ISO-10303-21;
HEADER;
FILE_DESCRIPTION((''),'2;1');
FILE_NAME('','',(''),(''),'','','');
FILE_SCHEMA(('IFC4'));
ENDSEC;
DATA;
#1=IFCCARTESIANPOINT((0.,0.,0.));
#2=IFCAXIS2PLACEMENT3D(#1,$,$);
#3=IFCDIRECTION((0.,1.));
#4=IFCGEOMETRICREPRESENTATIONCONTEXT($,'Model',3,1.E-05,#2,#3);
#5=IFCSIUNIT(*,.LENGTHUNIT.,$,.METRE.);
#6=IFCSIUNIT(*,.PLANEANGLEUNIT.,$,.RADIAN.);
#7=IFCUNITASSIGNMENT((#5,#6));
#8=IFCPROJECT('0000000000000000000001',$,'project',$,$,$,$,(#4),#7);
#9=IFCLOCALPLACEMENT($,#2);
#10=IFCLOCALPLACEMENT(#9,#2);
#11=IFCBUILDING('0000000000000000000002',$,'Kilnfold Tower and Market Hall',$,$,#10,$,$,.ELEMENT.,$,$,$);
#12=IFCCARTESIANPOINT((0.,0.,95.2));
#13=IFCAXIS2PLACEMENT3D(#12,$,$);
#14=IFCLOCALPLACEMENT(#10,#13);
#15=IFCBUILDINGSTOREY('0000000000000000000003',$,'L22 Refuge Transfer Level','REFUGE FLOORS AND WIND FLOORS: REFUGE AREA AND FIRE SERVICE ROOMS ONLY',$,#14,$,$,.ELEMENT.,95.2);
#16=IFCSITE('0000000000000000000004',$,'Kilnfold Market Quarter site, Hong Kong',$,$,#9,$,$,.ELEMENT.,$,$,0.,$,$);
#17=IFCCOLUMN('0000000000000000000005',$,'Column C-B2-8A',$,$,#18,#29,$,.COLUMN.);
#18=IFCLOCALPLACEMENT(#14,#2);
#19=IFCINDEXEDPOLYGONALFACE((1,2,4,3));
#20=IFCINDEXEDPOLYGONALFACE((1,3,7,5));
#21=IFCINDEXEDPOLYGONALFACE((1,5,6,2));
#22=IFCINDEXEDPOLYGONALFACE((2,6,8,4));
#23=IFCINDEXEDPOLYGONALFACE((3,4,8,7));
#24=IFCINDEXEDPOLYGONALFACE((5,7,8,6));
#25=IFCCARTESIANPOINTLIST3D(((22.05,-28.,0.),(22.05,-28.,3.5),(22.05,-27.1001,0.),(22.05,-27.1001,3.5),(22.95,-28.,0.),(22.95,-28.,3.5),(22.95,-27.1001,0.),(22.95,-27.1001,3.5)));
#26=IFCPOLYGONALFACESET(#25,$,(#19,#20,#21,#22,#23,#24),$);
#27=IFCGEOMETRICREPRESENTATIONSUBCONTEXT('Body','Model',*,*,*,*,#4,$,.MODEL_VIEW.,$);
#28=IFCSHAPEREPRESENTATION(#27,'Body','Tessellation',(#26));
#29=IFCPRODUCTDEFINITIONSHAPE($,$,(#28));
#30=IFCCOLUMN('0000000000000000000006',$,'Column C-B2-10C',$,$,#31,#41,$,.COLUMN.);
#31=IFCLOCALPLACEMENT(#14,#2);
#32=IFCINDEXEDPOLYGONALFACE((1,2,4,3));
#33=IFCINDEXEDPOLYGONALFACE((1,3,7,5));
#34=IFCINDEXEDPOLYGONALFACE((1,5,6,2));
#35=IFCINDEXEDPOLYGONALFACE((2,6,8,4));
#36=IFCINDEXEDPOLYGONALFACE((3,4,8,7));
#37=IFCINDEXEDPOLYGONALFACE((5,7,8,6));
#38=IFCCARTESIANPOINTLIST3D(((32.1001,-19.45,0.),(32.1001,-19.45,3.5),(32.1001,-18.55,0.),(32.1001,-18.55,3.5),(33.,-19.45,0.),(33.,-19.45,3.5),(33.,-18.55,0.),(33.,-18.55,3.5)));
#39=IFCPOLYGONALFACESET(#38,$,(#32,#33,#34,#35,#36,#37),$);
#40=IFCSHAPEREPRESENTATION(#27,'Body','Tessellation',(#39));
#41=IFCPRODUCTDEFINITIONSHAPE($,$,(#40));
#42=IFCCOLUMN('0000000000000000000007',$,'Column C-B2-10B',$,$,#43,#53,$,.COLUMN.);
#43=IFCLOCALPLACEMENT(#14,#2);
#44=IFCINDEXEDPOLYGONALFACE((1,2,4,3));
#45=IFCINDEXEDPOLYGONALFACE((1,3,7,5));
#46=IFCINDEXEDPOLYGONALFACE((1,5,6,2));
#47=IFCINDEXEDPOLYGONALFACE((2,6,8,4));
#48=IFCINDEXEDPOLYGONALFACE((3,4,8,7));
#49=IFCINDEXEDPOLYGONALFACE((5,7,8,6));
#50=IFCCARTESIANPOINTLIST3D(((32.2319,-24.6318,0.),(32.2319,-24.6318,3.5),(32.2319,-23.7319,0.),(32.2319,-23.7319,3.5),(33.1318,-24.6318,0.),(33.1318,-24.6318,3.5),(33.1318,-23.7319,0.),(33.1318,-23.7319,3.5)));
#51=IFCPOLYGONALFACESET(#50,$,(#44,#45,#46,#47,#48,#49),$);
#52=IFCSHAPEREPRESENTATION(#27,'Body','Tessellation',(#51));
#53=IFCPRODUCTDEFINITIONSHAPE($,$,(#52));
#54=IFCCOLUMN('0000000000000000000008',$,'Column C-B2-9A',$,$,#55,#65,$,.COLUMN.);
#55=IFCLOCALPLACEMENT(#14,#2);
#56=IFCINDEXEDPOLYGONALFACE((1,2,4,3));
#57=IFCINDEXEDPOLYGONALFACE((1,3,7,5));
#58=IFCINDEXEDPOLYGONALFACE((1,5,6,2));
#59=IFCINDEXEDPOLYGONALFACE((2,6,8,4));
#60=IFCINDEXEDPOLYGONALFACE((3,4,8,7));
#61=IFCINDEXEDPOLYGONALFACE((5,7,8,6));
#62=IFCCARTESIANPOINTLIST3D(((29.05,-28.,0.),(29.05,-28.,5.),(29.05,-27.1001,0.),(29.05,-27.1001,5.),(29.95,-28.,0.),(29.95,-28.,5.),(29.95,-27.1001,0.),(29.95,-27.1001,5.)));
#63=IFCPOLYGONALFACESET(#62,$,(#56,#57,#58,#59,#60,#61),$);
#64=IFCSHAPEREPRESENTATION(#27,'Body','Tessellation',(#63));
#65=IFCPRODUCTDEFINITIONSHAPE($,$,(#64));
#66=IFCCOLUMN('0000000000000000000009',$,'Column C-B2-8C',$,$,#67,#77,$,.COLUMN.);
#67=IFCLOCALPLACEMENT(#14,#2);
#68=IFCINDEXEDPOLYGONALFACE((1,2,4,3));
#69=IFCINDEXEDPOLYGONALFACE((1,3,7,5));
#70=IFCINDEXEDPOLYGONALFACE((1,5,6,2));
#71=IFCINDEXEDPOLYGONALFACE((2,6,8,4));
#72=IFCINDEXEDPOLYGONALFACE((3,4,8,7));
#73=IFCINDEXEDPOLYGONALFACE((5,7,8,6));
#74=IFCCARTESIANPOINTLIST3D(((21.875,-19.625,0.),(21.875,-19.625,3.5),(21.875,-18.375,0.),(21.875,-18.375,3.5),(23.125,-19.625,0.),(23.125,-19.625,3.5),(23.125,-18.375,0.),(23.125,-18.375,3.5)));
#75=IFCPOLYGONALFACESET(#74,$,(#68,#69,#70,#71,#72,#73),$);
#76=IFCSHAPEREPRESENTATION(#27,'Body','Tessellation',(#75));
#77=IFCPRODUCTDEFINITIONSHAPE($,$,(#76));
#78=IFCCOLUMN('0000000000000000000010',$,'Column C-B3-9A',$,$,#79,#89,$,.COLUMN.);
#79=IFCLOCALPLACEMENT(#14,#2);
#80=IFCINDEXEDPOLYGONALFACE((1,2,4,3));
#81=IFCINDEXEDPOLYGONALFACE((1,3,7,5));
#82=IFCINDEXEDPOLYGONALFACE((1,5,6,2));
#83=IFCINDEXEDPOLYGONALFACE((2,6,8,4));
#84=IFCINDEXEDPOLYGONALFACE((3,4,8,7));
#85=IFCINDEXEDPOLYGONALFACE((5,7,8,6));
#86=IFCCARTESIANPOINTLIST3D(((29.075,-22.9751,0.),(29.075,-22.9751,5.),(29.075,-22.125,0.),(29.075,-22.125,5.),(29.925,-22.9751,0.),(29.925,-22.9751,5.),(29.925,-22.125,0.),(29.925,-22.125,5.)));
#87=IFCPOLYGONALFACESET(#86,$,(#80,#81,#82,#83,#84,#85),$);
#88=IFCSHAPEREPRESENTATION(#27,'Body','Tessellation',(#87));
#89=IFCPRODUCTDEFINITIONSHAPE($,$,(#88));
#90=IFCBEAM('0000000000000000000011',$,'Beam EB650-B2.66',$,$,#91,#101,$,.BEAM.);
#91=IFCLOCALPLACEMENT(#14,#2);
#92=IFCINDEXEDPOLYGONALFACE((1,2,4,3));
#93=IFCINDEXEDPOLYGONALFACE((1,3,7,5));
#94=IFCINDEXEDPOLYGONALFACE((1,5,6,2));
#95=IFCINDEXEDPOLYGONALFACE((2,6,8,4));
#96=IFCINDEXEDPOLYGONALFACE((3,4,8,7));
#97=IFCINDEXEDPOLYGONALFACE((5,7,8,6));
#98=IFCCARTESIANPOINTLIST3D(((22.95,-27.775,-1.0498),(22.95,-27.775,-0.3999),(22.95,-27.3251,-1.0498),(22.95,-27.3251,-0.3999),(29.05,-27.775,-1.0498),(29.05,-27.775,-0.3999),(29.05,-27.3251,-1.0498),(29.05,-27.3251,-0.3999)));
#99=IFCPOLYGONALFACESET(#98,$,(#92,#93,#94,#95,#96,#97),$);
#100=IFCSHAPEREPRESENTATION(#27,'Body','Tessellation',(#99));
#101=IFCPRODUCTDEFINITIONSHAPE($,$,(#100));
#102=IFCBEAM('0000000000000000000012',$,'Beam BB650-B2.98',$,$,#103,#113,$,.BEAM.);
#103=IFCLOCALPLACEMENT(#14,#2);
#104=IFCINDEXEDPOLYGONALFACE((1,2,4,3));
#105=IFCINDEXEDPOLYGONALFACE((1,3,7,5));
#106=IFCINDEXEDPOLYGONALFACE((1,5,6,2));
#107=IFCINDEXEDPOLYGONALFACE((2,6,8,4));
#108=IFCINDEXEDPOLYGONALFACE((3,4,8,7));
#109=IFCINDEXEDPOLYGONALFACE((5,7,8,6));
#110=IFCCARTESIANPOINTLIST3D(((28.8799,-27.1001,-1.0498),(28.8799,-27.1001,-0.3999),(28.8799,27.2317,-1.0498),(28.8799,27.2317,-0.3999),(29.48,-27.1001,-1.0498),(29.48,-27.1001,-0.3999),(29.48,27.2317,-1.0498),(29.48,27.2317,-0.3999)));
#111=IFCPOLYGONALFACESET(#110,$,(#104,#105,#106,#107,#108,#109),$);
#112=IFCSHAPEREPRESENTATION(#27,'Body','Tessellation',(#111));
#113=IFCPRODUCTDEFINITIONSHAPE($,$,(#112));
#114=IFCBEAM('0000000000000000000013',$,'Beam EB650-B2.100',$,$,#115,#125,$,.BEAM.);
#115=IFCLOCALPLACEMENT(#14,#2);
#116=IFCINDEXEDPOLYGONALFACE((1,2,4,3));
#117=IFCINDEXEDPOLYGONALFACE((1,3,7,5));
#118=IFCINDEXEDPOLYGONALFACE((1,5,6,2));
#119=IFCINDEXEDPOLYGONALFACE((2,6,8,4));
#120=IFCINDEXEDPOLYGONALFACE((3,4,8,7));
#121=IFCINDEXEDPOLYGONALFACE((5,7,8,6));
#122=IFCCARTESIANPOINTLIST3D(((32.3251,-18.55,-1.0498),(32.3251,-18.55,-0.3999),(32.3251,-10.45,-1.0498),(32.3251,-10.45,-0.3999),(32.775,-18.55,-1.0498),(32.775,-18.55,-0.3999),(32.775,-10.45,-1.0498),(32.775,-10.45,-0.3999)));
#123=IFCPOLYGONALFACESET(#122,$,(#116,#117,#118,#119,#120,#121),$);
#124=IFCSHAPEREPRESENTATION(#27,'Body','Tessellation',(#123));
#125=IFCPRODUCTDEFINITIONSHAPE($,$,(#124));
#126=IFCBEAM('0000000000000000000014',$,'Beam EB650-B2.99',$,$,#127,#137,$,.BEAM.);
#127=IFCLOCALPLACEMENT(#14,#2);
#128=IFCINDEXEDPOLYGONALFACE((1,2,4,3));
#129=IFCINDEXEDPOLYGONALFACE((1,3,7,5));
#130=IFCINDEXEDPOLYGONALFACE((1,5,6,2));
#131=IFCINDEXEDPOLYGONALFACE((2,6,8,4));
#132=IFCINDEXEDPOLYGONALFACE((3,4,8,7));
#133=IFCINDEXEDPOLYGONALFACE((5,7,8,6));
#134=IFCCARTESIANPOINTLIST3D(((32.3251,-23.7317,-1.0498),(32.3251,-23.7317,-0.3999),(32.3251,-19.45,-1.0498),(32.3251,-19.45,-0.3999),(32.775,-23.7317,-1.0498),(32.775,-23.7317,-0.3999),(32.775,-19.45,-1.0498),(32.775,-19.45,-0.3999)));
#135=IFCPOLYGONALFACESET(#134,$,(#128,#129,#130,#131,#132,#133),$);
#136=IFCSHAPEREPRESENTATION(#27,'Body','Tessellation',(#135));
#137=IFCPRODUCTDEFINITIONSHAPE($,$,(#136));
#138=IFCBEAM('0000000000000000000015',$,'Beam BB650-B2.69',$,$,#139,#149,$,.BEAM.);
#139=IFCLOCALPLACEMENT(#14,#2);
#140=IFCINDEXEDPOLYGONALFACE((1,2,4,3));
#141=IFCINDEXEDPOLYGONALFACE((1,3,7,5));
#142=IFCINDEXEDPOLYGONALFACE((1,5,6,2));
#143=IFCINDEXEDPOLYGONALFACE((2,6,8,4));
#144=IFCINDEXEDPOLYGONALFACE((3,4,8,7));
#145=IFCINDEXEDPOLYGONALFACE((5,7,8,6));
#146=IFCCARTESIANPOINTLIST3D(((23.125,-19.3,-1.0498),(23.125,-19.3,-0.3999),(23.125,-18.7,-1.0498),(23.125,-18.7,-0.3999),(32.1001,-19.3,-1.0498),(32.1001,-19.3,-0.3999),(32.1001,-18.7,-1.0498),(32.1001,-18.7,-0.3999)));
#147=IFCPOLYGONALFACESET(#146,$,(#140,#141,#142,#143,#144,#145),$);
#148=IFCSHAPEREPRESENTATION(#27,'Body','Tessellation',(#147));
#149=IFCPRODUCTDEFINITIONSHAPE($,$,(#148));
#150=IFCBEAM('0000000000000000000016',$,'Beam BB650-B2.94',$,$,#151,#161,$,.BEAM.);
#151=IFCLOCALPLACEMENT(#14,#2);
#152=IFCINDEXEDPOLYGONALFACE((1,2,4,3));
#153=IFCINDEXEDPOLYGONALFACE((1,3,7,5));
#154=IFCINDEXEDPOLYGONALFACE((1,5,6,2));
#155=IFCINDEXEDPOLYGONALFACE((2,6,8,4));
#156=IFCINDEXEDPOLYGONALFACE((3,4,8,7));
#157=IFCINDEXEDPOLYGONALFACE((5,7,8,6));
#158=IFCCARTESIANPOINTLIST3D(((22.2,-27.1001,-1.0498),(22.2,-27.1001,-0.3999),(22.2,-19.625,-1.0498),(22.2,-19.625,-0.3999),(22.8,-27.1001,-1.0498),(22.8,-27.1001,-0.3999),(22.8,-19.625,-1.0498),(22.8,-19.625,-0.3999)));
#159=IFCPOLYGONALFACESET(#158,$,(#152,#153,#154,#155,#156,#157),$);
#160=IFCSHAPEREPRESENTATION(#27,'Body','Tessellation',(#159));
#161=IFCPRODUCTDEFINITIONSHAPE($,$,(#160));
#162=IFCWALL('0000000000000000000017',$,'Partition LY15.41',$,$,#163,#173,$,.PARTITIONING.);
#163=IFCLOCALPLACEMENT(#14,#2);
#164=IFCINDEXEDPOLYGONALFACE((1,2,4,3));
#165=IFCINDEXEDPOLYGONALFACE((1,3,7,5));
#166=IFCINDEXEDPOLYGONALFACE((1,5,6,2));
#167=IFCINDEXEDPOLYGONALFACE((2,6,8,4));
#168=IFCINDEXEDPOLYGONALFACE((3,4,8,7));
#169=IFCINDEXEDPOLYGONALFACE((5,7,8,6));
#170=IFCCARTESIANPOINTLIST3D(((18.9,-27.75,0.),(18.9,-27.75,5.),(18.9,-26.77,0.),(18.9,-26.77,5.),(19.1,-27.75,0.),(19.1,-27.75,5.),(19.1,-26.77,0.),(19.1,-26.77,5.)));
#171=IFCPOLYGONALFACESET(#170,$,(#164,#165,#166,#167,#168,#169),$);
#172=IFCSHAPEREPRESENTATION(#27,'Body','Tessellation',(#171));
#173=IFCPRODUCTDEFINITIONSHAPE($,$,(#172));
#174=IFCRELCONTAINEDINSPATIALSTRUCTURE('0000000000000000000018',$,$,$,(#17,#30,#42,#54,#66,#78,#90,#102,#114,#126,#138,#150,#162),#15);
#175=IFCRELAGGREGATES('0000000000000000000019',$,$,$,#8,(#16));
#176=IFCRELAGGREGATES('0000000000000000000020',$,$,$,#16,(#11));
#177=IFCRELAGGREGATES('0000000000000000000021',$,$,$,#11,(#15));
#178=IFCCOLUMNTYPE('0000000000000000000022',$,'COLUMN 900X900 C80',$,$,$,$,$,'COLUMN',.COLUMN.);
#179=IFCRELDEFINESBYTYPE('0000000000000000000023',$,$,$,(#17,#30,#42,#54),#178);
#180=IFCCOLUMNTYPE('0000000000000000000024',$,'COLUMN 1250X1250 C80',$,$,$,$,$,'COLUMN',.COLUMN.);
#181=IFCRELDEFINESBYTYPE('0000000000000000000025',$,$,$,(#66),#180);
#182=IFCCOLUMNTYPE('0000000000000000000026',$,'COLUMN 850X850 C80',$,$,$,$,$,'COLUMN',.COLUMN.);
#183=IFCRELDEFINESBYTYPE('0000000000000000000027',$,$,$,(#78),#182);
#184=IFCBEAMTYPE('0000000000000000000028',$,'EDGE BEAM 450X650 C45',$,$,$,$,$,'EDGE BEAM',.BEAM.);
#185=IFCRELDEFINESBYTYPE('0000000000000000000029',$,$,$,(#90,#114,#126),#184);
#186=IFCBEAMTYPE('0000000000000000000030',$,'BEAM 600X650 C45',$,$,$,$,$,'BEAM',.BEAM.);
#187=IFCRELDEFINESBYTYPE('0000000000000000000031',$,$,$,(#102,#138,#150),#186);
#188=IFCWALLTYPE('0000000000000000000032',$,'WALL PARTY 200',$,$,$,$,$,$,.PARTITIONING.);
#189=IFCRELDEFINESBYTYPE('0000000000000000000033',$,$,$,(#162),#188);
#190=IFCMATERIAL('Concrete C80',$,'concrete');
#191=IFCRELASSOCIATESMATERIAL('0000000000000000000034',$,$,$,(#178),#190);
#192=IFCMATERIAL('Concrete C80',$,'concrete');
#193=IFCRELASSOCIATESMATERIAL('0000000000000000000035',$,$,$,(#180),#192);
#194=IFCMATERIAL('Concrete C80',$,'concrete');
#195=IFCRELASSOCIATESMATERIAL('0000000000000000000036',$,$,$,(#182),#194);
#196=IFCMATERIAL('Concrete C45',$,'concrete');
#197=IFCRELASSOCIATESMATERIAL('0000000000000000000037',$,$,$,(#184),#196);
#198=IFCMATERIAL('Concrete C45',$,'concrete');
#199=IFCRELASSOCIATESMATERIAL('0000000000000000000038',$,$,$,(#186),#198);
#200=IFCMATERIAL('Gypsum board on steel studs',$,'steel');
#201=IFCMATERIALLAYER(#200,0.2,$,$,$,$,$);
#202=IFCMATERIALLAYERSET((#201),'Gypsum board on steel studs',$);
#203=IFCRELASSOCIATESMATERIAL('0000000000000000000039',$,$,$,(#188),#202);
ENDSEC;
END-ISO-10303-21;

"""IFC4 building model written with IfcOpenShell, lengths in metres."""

from ifc_helpers import new_model, si_unit, direction, frame, frame_2d, origin, origin_2d, place, context, subcontext, project, spatial, rectangle, extrude, source, transform, mapped, material, layer, layer_set, material_profile, profile_set, type_object, element, save


model = new_model("IFC4")

# Units and contexts
model_context = context("Model", 3, precision=1e-05, world=origin(), true_north=direction((0.0, 1.0)))
body_context = subcontext(model_context, "Body", "Model", "MODEL_VIEW")
ifc_project = project(units=[si_unit("LENGTHUNIT", "METRE"), si_unit("PLANEANGLEUNIT", "RADIAN")], contexts=[model_context])

# Site, building, storey
site_placement = place(None, origin())
site = spatial("IfcSite", under=ifc_project, at=site_placement, Name="Kilnfold Market Quarter site, Hong Kong", CompositionType="ELEMENT", RefElevation=0.0)
building_placement = place(site_placement, origin())
building = spatial("IfcBuilding", under=site, at=building_placement, Name="Kilnfold Tower and Market Hall", CompositionType="ELEMENT")
storey_placement = place(building_placement, frame((0.0, 0.0, 95.2)))
storey = spatial("IfcBuildingStorey", under=building, at=storey_placement, Name="L22 Refuge Transfer Level", Description="REFUGE FLOORS AND WIND FLOORS: REFUGE AREA AND FIRE SERVICE ROOMS ONLY", CompositionType="ELEMENT", Elevation=95.2)

# Columns
ifc_material_1 = material(Name="Concrete C80", Category="concrete")
ifc_material_profile_1 = material_profile(ifc_material_1, rectangle(XDim=0.8999, YDim=0.8999, at=origin_2d()), Name="RC 900x900")
ifc_profile_set_1 = profile_set([ifc_material_profile_1], Name="Concrete C80")
column_type_1 = type_object("IfcColumnType", Name="COLUMN 900X900 C80", ElementType="COLUMN", PredefinedType="COLUMN", material=ifc_profile_set_1)
shared_shape_1 = source(origin(), body_context, "Body", "SweptSolid", [
    extrude(rectangle(XDim=0.8999, YDim=0.8999, at=origin_2d()), origin(), (0.0, 0.0, 1.0), 3.5),
])
for number, where, z_axis, x_axis, name in (
    (1, (22.5, -27.55, 0.0), (0.0, 0.0, 1.0), (1.0, 0.0, 0.0), "Column C-B2-8A"),
    (2, (32.55, -19.0, 0.0), (0.0, 0.0, 1.0), (1.0, 0.0, 0.0), "Column C-B2-10C"),
    (3, (32.6819, -24.1819, 0.0), (0.0, 0.0, 1.0), (1.0, 0.0, 0.0), "Column C-B2-10B"),
):
    element("IfcColumn", number, at=place(storey_placement, frame(where, z_axis=z_axis, x_axis=x_axis)), inside=storey, type_object=column_type_1, Name=name, PredefinedType="COLUMN", context=body_context, shape_type="MappedRepresentation", body=[
        mapped(shared_shape_1, transform((0.0, 0.0, 0.0))),
    ])
shared_shape_2 = source(origin(), body_context, "Body", "SweptSolid", [
    extrude(rectangle(XDim=0.8999, YDim=0.8999, at=origin_2d()), origin(), (0.0, 0.0, 1.0), 5.0),
])
column_1_placement = place(storey_placement, frame((29.5, -27.55, 0.0), z_axis=(0.0, 0.0, 1.0), x_axis=(1.0, 0.0, 0.0)))
element("IfcColumn", 4, at=column_1_placement, inside=storey, type_object=column_type_1, Name="Column C-B2-9A", PredefinedType="COLUMN", context=body_context, shape_type="MappedRepresentation", body=[
    mapped(shared_shape_2, transform((0.0, 0.0, 0.0))),
])
ifc_material_2 = material(Name="Concrete C80", Category="concrete")
ifc_material_profile_2 = material_profile(ifc_material_2, rectangle(XDim=1.25, YDim=1.25, at=origin_2d()), Name="RC 1250x1250")
ifc_profile_set_2 = profile_set([ifc_material_profile_2], Name="Concrete C80")
column_type_2 = type_object("IfcColumnType", Name="COLUMN 1250X1250 C80", ElementType="COLUMN", PredefinedType="COLUMN", material=ifc_profile_set_2)
shared_shape_3 = source(origin(), body_context, "Body", "SweptSolid", [
    extrude(rectangle(XDim=1.25, YDim=1.25, at=origin_2d()), origin(), (0.0, 0.0, 1.0), 3.5),
])
column_2_placement = place(storey_placement, frame((22.5, -19.0, 0.0), z_axis=(0.0, 0.0, 1.0), x_axis=(1.0, 0.0, 0.0)))
element("IfcColumn", 5, at=column_2_placement, inside=storey, type_object=column_type_2, Name="Column C-B2-8C", PredefinedType="COLUMN", context=body_context, shape_type="MappedRepresentation", body=[
    mapped(shared_shape_3, transform((0.0, 0.0, 0.0))),
])
ifc_material_3 = material(Name="Concrete C80", Category="concrete")
ifc_material_profile_3 = material_profile(ifc_material_3, rectangle(XDim=0.8501, YDim=0.8501, at=origin_2d()), Name="RC 850x850")
ifc_profile_set_3 = profile_set([ifc_material_profile_3], Name="Concrete C80")
column_type_3 = type_object("IfcColumnType", Name="COLUMN 850X850 C80", ElementType="COLUMN", PredefinedType="COLUMN", material=ifc_profile_set_3)
shared_shape_4 = source(origin(), body_context, "Body", "SweptSolid", [
    extrude(rectangle(XDim=0.8501, YDim=0.8501, at=origin_2d()), origin(), (0.0, 0.0, 1.0), 5.0),
])
column_3_placement = place(storey_placement, frame((29.5, -22.55, 0.0), z_axis=(0.0, 0.0, 1.0), x_axis=(1.0, 0.0, 0.0)))
element("IfcColumn", 6, at=column_3_placement, inside=storey, type_object=column_type_3, Name="Column C-B3-9A", PredefinedType="COLUMN", context=body_context, shape_type="MappedRepresentation", body=[
    mapped(shared_shape_4, transform((0.0, 0.0, 0.0))),
])

# Beams
ifc_material_4 = material(Name="Concrete C45", Category="concrete")
ifc_material_profile_4 = material_profile(ifc_material_4, rectangle(XDim=0.45, YDim=0.6499, at=origin_2d()), Name="RC 450x650")
ifc_profile_set_4 = profile_set([ifc_material_profile_4], Name="Concrete C45")
beam_type_1 = type_object("IfcBeamType", Name="EDGE BEAM 450X650 C45", ElementType="EDGE BEAM", PredefinedType="BEAM", material=ifc_profile_set_4)
shared_shape_5 = source(origin(), body_context, "Body", "SweptSolid", [
    extrude(rectangle(XDim=0.45, YDim=0.6499, at=origin_2d()), origin(), (0.0, 0.0, 1.0), 6.1001),
])
beam_1_placement = place(storey_placement, frame((22.95, -27.55, -0.7249), z_axis=(1.0, 0.0, 0.0), x_axis=(0.0, 1.0, 0.0)))
element("IfcBeam", 7, at=beam_1_placement, inside=storey, type_object=beam_type_1, Name="Beam EB650-B2.66", PredefinedType="BEAM", context=body_context, shape_type="MappedRepresentation", body=[
    mapped(shared_shape_5, transform((0.0, 0.0, 0.0))),
])
ifc_material_5 = material(Name="Concrete C45", Category="concrete")
ifc_material_profile_5 = material_profile(ifc_material_5, rectangle(XDim=0.6001, YDim=0.6499, at=origin_2d()), Name="RC 600x650")
ifc_profile_set_5 = profile_set([ifc_material_profile_5], Name="Concrete C45")
beam_type_2 = type_object("IfcBeamType", Name="BEAM 600X650 C45", ElementType="BEAM", PredefinedType="BEAM", material=ifc_profile_set_5)
shared_shape_6 = source(origin(), body_context, "Body", "SweptSolid", [
    extrude(rectangle(XDim=0.6001, YDim=0.6499, at=origin_2d()), origin(), (0.0, 0.0, 1.0), 54.3318),
])
beam_2_placement = place(storey_placement, frame((29.1799, -27.1001, -0.7249), z_axis=(0.0, 1.0, 0.0), x_axis=(-1.0, 0.0, 0.0)))
element("IfcBeam", 8, at=beam_2_placement, inside=storey, type_object=beam_type_2, Name="Beam BB650-B2.98", PredefinedType="BEAM", context=body_context, shape_type="MappedRepresentation", body=[
    mapped(shared_shape_6, transform((0.0, 0.0, 0.0))),
])
shared_shape_7 = source(origin(), body_context, "Body", "SweptSolid", [
    extrude(rectangle(XDim=0.45, YDim=0.6499, at=origin_2d()), origin(), (0.0, 0.0, 1.0), 8.1001),
])
beam_3_placement = place(storey_placement, frame((32.55, -18.55, -0.7249), z_axis=(0.0, 1.0, 0.0), x_axis=(-1.0, 0.0, 0.0)))
element("IfcBeam", 9, at=beam_3_placement, inside=storey, type_object=beam_type_1, Name="Beam EB650-B2.100", PredefinedType="BEAM", context=body_context, shape_type="MappedRepresentation", body=[
    mapped(shared_shape_7, transform((0.0, 0.0, 0.0))),
])
shared_shape_8 = source(origin(), body_context, "Body", "SweptSolid", [
    extrude(rectangle(XDim=0.45, YDim=0.6499, at=origin_2d()), origin(), (0.0, 0.0, 1.0), 4.2817),
])
beam_4_placement = place(storey_placement, frame((32.55, -23.7317, -0.7249), z_axis=(0.0, 1.0, 0.0), x_axis=(-1.0, 0.0, 0.0)))
element("IfcBeam", 10, at=beam_4_placement, inside=storey, type_object=beam_type_1, Name="Beam EB650-B2.99", PredefinedType="BEAM", context=body_context, shape_type="MappedRepresentation", body=[
    mapped(shared_shape_8, transform((0.0, 0.0, 0.0))),
])
shared_shape_9 = source(origin(), body_context, "Body", "SweptSolid", [
    extrude(rectangle(XDim=0.6001, YDim=0.6499, at=origin_2d()), origin(), (0.0, 0.0, 1.0), 8.9751),
])
beam_5_placement = place(storey_placement, frame((23.125, -19.0, -0.7249), z_axis=(1.0, 0.0, 0.0), x_axis=(0.0, 1.0, 0.0)))
element("IfcBeam", 11, at=beam_5_placement, inside=storey, type_object=beam_type_2, Name="Beam BB650-B2.69", PredefinedType="BEAM", context=body_context, shape_type="MappedRepresentation", body=[
    mapped(shared_shape_9, transform((0.0, 0.0, 0.0))),
])
shared_shape_10 = source(origin(), body_context, "Body", "SweptSolid", [
    extrude(rectangle(XDim=0.6001, YDim=0.6499, at=origin_2d()), origin(), (0.0, 0.0, 1.0), 7.4751),
])
beam_6_placement = place(storey_placement, frame((22.5, -27.1001, -0.7249), z_axis=(0.0, 1.0, 0.0), x_axis=(-1.0, 0.0, 0.0)))
element("IfcBeam", 12, at=beam_6_placement, inside=storey, type_object=beam_type_2, Name="Beam BB650-B2.94", PredefinedType="BEAM", context=body_context, shape_type="MappedRepresentation", body=[
    mapped(shared_shape_10, transform((0.0, 0.0, 0.0))),
])

# Wall
ifc_material_6 = material(Name="Gypsum board on steel studs", Category="steel")
ifc_layer_1 = layer(ifc_material_6, 0.2)
ifc_layer_set_1 = layer_set([ifc_layer_1], Name="Gypsum board on steel studs")
wall_type_1 = type_object("IfcWallType", Name="WALL PARTY 200", PredefinedType="PARTITIONING", material=ifc_layer_set_1)
wall_1_placement = place(storey_placement, frame((19.0, -27.75, 0.0), z_axis=(0.0, 0.0, 1.0), x_axis=(0.0, 1.0, 0.0)))
element("IfcWall", 13, at=wall_1_placement, inside=storey, type_object=wall_type_1, Name="Partition LY15.41", PredefinedType="PARTITIONING", context=body_context, shape_type="SweptSolid", body=[
    extrude(rectangle(XDim=0.98, YDim=0.2, at=frame_2d((0.49, 0.0))), origin(), (0.0, 0.0, 1.0), 5.0),
])

save(model, "model.ifc")
